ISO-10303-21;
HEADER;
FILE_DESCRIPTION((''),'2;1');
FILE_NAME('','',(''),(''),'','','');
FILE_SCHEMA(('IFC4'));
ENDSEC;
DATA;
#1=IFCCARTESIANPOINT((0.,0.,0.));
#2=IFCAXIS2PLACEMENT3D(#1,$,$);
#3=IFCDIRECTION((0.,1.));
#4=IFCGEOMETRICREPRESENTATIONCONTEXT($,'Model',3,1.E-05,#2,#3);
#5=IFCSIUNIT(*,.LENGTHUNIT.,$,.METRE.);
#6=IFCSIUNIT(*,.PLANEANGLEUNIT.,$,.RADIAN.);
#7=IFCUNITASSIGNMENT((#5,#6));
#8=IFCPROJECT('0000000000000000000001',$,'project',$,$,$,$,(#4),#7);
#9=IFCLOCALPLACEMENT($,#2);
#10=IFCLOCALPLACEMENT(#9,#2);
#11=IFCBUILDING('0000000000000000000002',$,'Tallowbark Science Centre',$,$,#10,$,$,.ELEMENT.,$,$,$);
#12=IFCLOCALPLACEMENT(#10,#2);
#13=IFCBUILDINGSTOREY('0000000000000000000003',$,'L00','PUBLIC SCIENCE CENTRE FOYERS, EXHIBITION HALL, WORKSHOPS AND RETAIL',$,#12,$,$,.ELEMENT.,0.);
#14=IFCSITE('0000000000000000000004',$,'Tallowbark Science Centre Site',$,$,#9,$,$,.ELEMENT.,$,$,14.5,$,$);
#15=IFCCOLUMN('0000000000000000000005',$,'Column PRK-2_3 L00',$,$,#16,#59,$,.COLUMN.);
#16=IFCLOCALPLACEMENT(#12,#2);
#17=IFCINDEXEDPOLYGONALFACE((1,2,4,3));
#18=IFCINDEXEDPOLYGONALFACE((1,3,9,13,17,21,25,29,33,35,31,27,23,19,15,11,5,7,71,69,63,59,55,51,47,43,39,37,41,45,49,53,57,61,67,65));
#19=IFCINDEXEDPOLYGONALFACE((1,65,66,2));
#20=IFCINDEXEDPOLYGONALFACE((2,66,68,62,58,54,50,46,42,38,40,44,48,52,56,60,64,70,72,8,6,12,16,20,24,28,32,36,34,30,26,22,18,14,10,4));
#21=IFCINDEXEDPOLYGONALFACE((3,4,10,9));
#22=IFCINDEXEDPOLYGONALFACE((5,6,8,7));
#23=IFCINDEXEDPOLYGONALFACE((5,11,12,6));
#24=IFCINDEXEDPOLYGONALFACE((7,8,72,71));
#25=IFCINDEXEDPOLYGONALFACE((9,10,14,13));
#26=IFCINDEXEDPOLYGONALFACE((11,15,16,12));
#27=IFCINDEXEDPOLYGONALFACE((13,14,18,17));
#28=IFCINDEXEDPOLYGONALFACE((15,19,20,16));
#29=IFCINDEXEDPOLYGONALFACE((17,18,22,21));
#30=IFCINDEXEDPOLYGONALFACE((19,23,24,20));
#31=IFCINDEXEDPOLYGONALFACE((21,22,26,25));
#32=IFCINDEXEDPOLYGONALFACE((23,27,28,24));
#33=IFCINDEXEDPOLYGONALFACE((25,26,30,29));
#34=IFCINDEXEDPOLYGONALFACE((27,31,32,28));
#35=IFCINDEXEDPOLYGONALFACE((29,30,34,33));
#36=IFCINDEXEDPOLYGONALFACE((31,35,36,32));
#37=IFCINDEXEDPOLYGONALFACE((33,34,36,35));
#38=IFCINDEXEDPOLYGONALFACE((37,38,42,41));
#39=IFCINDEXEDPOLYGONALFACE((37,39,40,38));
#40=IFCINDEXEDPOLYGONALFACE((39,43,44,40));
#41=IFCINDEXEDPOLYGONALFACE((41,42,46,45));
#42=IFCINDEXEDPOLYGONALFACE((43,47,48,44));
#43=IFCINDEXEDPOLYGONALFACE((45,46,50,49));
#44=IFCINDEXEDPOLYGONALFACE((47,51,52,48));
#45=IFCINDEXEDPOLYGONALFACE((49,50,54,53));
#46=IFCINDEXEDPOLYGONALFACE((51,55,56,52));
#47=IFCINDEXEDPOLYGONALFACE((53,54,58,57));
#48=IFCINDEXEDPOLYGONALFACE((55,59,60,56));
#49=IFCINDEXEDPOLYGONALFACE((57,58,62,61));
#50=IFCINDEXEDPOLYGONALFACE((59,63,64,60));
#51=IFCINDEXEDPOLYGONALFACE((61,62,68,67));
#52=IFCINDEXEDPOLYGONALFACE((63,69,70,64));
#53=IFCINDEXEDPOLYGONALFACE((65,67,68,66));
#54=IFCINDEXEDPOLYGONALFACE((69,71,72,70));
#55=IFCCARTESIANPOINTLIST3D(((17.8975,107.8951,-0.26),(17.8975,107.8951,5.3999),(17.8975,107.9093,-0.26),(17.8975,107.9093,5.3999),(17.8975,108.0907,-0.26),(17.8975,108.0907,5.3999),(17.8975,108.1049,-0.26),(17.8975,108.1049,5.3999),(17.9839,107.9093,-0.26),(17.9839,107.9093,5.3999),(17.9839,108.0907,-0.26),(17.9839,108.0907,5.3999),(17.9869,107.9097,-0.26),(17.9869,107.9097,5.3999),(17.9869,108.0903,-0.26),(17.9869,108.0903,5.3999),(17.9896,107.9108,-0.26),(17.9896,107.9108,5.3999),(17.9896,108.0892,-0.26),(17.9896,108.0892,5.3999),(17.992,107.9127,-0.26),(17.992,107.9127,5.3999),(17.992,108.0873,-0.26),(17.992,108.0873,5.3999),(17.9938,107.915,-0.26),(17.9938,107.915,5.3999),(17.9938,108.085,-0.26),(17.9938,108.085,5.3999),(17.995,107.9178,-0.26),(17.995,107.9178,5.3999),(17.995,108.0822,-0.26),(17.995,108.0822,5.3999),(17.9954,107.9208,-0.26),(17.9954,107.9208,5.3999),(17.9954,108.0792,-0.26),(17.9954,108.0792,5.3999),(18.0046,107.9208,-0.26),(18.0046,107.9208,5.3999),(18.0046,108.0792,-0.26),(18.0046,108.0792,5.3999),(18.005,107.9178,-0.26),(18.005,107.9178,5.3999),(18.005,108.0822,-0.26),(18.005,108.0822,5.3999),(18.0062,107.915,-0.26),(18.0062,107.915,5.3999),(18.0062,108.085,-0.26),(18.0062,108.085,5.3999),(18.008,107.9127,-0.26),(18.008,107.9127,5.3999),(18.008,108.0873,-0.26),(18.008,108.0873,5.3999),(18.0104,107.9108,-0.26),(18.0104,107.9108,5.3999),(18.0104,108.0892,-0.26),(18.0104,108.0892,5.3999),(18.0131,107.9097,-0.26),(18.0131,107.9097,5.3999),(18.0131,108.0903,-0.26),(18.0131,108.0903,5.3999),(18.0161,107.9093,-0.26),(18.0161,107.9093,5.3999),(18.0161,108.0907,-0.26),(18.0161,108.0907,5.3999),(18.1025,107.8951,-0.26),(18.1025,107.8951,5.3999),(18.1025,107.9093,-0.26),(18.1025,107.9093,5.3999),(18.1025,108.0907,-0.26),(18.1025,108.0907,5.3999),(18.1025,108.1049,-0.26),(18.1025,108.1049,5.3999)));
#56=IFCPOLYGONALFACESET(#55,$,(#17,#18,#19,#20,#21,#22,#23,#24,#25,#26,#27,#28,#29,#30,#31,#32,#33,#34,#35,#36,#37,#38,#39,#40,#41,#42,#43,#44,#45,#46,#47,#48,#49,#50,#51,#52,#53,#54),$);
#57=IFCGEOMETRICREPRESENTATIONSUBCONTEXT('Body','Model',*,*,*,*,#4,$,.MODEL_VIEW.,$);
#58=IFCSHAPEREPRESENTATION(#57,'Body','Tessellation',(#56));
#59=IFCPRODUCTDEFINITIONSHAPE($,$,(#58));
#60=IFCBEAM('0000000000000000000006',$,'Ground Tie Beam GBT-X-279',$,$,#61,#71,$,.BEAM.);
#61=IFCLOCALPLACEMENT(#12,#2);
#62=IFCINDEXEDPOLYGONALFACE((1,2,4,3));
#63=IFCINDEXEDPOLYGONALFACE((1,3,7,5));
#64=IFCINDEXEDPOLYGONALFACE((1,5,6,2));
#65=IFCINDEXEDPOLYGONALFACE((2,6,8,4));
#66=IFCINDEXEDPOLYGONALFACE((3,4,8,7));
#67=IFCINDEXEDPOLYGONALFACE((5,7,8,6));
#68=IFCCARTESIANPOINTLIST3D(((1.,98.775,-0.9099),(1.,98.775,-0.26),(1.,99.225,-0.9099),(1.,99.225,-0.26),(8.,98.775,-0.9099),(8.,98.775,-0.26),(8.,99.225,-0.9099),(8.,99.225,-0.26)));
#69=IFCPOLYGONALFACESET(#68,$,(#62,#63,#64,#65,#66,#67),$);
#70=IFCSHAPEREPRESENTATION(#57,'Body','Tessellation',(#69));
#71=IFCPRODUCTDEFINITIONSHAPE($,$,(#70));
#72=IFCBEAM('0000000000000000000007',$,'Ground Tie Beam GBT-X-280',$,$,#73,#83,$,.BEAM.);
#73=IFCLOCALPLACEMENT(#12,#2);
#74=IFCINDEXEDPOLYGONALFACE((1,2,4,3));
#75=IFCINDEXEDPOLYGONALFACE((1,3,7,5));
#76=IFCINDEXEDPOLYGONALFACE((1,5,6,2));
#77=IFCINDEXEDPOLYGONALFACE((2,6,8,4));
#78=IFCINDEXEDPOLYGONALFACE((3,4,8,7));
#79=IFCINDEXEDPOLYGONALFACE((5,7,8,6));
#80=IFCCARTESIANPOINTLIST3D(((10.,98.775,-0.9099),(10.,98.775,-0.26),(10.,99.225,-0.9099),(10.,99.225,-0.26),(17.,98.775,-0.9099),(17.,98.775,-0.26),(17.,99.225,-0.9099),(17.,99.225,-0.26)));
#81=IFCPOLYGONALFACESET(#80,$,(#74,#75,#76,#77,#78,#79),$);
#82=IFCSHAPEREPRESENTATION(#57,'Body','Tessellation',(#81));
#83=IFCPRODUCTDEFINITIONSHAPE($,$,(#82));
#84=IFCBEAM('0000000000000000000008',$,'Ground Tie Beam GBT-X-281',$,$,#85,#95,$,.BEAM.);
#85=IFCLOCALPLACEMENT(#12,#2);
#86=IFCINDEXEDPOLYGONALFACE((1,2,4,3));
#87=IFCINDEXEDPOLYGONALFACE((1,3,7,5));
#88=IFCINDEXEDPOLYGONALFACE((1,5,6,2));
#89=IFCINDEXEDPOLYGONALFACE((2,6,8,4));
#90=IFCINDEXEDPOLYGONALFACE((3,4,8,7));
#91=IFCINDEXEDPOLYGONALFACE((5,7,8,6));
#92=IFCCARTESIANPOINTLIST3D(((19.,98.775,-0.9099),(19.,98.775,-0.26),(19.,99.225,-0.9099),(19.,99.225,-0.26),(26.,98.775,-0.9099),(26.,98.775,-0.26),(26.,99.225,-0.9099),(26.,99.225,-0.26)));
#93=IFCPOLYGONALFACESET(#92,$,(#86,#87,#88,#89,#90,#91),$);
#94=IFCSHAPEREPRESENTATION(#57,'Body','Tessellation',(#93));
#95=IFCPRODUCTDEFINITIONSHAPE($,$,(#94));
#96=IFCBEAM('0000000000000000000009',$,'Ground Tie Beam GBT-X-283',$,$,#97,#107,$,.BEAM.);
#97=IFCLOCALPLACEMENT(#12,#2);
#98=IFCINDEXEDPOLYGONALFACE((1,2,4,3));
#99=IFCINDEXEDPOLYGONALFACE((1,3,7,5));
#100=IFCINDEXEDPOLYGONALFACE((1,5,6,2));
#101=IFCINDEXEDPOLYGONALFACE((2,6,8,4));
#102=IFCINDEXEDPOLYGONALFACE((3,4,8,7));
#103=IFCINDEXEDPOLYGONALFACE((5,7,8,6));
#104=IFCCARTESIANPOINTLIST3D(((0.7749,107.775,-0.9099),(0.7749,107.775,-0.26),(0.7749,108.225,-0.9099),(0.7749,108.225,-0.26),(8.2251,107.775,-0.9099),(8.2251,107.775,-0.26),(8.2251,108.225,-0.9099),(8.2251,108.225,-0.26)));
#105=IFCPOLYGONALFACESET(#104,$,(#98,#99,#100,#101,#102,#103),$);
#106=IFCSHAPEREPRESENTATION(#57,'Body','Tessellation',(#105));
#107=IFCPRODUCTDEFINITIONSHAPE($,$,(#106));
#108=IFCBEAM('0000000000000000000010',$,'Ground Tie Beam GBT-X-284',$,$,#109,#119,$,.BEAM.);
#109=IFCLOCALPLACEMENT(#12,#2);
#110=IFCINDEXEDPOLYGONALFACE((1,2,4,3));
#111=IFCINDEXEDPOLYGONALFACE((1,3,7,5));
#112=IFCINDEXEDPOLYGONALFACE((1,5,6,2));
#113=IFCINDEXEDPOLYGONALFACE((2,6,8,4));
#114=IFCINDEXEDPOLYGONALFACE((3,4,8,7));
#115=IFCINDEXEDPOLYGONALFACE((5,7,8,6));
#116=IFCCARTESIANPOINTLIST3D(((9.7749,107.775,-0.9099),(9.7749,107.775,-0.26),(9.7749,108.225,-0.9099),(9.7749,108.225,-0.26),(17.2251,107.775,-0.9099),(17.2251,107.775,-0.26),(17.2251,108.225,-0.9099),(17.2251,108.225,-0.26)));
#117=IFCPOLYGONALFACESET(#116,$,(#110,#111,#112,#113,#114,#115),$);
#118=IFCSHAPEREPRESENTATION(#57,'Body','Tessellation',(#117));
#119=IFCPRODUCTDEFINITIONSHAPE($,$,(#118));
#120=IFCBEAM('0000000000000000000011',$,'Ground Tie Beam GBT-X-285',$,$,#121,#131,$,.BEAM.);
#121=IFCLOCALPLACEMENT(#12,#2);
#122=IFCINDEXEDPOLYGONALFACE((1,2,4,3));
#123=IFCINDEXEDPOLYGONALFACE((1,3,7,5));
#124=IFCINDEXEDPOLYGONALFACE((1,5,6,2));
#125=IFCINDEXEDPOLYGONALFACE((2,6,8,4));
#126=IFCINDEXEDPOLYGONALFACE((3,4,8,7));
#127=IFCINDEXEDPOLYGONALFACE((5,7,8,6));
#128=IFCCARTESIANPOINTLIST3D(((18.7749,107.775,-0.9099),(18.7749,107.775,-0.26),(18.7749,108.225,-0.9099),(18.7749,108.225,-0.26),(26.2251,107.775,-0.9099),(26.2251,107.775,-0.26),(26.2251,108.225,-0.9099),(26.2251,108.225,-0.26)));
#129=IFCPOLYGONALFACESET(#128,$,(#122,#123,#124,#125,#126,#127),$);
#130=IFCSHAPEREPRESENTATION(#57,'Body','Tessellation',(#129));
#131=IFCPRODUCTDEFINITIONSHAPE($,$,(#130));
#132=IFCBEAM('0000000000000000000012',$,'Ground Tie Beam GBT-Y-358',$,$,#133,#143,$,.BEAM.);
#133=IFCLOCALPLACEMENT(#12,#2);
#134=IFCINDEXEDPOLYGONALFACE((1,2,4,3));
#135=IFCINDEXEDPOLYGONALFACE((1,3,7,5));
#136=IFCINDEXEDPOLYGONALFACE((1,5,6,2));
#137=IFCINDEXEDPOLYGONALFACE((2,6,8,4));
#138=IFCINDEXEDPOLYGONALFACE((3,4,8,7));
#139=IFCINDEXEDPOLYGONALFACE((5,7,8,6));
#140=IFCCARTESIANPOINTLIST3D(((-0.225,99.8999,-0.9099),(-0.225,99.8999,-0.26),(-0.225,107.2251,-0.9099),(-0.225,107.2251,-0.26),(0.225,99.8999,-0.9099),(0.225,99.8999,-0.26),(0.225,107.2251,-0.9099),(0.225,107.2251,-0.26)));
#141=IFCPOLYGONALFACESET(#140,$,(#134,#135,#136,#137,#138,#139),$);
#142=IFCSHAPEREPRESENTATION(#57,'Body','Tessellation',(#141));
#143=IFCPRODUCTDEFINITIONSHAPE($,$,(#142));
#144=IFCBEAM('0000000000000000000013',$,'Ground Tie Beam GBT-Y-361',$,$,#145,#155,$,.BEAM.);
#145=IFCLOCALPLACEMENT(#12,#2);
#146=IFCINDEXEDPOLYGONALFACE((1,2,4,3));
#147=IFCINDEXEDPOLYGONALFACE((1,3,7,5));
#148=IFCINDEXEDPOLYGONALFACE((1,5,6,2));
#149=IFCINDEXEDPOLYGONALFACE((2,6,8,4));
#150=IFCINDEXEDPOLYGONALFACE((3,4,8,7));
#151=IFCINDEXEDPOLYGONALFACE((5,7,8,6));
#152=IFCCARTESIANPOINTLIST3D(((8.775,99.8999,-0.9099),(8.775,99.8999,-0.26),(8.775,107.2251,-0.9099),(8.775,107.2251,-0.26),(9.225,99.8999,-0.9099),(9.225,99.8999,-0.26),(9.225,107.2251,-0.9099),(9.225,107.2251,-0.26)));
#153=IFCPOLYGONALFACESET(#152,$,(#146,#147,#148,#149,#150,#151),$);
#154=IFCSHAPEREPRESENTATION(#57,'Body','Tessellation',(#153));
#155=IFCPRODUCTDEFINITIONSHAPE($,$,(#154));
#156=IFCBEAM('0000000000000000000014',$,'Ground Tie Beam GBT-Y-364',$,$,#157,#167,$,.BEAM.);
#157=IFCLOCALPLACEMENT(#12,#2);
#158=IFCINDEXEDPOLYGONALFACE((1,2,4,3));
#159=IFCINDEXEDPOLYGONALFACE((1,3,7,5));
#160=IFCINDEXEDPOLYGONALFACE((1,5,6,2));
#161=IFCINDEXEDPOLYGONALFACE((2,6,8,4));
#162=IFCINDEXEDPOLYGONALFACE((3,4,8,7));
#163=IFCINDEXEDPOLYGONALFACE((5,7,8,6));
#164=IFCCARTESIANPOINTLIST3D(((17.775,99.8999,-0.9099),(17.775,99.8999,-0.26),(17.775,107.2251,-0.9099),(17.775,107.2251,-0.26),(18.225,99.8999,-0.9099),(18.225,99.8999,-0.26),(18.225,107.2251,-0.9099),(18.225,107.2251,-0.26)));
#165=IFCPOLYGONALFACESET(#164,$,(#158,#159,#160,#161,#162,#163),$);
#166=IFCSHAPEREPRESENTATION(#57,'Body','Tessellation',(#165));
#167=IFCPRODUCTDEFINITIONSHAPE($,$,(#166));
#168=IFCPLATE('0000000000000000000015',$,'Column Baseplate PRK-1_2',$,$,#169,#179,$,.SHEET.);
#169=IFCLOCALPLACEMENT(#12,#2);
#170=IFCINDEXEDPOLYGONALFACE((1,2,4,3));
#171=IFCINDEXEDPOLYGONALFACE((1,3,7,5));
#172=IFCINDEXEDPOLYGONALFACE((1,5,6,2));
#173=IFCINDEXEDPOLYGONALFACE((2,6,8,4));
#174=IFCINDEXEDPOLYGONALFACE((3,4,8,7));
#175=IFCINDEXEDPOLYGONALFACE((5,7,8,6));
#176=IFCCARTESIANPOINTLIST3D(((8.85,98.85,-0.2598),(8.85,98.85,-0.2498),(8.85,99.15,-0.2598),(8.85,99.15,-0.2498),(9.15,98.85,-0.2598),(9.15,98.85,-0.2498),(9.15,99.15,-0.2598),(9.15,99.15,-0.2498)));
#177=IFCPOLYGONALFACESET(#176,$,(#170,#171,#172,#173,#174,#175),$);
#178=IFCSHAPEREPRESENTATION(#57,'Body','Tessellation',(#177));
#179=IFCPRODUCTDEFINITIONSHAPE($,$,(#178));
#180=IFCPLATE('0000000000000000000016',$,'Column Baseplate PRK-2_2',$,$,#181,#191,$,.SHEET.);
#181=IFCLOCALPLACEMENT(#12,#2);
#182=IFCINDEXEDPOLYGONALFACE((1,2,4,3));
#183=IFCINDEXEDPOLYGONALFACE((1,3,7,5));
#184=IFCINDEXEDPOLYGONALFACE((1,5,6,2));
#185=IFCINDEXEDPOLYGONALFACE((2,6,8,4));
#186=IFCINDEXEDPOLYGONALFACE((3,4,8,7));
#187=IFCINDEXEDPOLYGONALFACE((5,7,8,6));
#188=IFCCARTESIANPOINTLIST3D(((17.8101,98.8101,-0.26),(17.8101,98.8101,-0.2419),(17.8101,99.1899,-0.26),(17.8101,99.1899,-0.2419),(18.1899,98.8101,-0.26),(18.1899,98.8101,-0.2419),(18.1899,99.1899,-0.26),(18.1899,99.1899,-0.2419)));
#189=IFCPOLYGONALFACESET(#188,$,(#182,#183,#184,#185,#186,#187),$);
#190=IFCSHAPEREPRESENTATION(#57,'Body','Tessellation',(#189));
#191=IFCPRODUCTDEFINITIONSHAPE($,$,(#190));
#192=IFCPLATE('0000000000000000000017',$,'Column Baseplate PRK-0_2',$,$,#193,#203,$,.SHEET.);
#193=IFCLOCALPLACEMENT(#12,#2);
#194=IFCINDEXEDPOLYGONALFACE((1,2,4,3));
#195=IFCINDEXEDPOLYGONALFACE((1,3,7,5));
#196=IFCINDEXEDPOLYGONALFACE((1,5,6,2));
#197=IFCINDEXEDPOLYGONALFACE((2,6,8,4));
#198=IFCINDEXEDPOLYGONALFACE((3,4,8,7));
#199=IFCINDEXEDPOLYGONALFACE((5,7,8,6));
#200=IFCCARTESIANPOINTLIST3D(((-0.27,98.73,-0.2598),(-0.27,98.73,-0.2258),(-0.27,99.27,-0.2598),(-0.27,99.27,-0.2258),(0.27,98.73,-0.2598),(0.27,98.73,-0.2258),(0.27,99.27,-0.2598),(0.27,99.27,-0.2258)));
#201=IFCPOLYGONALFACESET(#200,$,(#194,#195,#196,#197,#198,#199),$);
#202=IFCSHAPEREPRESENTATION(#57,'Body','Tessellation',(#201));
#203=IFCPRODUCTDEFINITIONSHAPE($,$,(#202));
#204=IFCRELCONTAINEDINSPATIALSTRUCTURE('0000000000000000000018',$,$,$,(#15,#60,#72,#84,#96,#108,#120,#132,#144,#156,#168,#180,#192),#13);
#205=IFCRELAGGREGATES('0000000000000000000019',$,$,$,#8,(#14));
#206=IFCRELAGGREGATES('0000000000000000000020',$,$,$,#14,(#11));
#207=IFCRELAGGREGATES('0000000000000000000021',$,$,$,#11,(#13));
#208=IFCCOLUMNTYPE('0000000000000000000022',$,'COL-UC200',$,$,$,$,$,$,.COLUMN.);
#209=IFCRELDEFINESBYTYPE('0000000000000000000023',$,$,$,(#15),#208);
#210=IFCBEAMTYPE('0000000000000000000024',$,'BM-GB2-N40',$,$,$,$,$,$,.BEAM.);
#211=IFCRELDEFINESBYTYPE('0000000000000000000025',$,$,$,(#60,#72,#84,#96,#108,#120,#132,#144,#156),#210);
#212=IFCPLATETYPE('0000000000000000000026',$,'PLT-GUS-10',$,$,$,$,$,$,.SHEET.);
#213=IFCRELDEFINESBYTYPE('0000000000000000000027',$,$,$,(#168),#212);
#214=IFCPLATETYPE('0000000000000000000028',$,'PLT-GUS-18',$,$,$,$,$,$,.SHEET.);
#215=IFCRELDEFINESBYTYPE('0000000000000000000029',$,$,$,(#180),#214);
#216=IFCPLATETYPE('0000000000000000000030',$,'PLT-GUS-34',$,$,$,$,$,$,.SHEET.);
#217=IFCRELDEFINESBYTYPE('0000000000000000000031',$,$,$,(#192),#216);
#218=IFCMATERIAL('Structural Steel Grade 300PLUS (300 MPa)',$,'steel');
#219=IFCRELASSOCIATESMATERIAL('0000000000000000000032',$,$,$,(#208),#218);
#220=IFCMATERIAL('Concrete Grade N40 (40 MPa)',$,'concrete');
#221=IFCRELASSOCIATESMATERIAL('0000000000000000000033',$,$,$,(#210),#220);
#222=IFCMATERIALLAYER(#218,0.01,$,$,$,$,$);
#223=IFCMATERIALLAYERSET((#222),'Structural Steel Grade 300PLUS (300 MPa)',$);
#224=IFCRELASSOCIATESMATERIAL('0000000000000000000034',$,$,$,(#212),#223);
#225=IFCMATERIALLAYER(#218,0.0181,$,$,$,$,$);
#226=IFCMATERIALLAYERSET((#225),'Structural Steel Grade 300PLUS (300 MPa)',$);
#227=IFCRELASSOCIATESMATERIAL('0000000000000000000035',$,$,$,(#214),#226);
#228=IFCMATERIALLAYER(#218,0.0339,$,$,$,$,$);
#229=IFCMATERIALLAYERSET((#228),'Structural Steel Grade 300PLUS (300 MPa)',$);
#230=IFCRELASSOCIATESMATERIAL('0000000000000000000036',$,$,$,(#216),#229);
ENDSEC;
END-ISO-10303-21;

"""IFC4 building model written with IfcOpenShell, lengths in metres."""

from ifc_helpers import new_model, si_unit, direction, frame, origin, origin_2d, place, context, subcontext, project, spatial, rectangle, i_section, extrude, material, layer, layer_set, material_profile, profile_set, type_object, element, save


model = new_model("IFC4")

# Units and contexts
model_context = context("Model", 3, precision=1e-05, world=origin(), true_north=direction((0.0, 1.0)))
body_context = subcontext(model_context, "Body", "Model", "MODEL_VIEW")
ifc_project = project(units=[si_unit("LENGTHUNIT", "METRE"), si_unit("PLANEANGLEUNIT", "RADIAN")], contexts=[model_context])

# Site, building, storey
site_placement = place(None, origin())
site = spatial("IfcSite", under=ifc_project, at=site_placement, Name="Tallowbark Science Centre Site", CompositionType="ELEMENT", RefElevation=14.5)
building_placement = place(site_placement, origin())
building = spatial("IfcBuilding", under=site, at=building_placement, Name="Tallowbark Science Centre", CompositionType="ELEMENT")
storey_placement = place(building_placement, origin())
storey = spatial("IfcBuildingStorey", under=building, at=storey_placement, Name="L00", Description="PUBLIC SCIENCE CENTRE FOYERS, EXHIBITION HALL, WORKSHOPS AND RETAIL", CompositionType="ELEMENT", Elevation=0.0)

# Shared definitions
ifc_material_1 = material(Name="Concrete Grade N40 (40 MPa)", Category="concrete")

# Column
ifc_material_2 = material(Name="Structural Steel Grade 300PLUS (300 MPa)", Category="steel")
ifc_material_profile_1 = material_profile(ifc_material_2, i_section(OverallWidth=0.2051, OverallDepth=0.2097, WebThickness=0.0093, FlangeThickness=0.0142, FilletRadius=0.0115, at=origin_2d()), Name="200UC59.5")
ifc_profile_set_1 = profile_set([ifc_material_profile_1], Name="Structural Steel Grade 300PLUS (300 MPa)")
column_type = type_object("IfcColumnType", Name="COL-UC200", PredefinedType="COLUMN", material=ifc_profile_set_1)
for number, where, z_axis, x_axis, name in (
    (1, (18.0, 108.0, -0.26), (0.0, 0.0, 1.0), (1.0, 0.0, 0.0), "Column PRK-2_3 L00"),
):
    element("IfcColumn", number, at=place(storey_placement, frame(where, z_axis=z_axis, x_axis=x_axis)), inside=storey, type_object=column_type, Name=name, PredefinedType="COLUMN", context=body_context, shape_type="SweptSolid", body=[
        extrude(i_section(OverallWidth=0.2051, OverallDepth=0.2097, WebThickness=0.0093, FlangeThickness=0.0142, FilletRadius=0.0115, at=origin_2d()), origin(), (0.0, 0.0, 1.0), 5.6599),
    ])

# Beams
ifc_material_profile_2 = material_profile(ifc_material_1, rectangle(XDim=0.45, YDim=0.6499, at=origin_2d()), Name="RC450x650")
ifc_profile_set_2 = profile_set([ifc_material_profile_2], Name="Concrete Grade N40 (40 MPa)")
beam_type = type_object("IfcBeamType", Name="BM-GB2-N40", PredefinedType="BEAM", material=ifc_profile_set_2)
for number, where, z_axis, x_axis, name in (
    (2, (1.0, 99.0, -0.585), (1.0, 0.0, 0.0), (0.0, 1.0, 0.0), "Ground Tie Beam GBT-X-279"),
    (3, (10.0, 99.0, -0.585), (1.0, 0.0, 0.0), (0.0, 1.0, 0.0), "Ground Tie Beam GBT-X-280"),
    (4, (19.0, 99.0, -0.585), (1.0, 0.0, 0.0), (0.0, 1.0, 0.0), "Ground Tie Beam GBT-X-281"),
):
    element("IfcBeam", number, at=place(storey_placement, frame(where, z_axis=z_axis, x_axis=x_axis)), inside=storey, type_object=beam_type, Name=name, PredefinedType="BEAM", context=body_context, shape_type="SweptSolid", body=[
        extrude(rectangle(XDim=0.45, YDim=0.6499, at=origin_2d()), origin(), (0.0, 0.0, 1.0), 7.0),
    ])
for number, where, z_axis, x_axis, name in (
    (5, (0.7749, 108.0, -0.585), (1.0, 0.0, 0.0), (0.0, 1.0, 0.0), "Ground Tie Beam GBT-X-283"),
    (6, (9.7749, 108.0, -0.585), (1.0, 0.0, 0.0), (0.0, 1.0, 0.0), "Ground Tie Beam GBT-X-284"),
    (7, (18.7749, 108.0, -0.585), (1.0, 0.0, 0.0), (0.0, 1.0, 0.0), "Ground Tie Beam GBT-X-285"),
):
    element("IfcBeam", number, at=place(storey_placement, frame(where, z_axis=z_axis, x_axis=x_axis)), inside=storey, type_object=beam_type, Name=name, PredefinedType="BEAM", context=body_context, shape_type="SweptSolid", body=[
        extrude(rectangle(XDim=0.45, YDim=0.6499, at=origin_2d()), origin(), (0.0, 0.0, 1.0), 7.4502),
    ])
for number, where, z_axis, x_axis, name in (
    (8, (0.0, 99.8999, -0.585), (0.0, 1.0, 0.0), (-1.0, 0.0, 0.0), "Ground Tie Beam GBT-Y-358"),
    (9, (9.0, 99.8999, -0.585), (0.0, 1.0, 0.0), (-1.0, 0.0, 0.0), "Ground Tie Beam GBT-Y-361"),
    (10, (18.0, 99.8999, -0.585), (0.0, 1.0, 0.0), (-1.0, 0.0, 0.0), "Ground Tie Beam GBT-Y-364"),
):
    element("IfcBeam", number, at=place(storey_placement, frame(where, z_axis=z_axis, x_axis=x_axis)), inside=storey, type_object=beam_type, Name=name, PredefinedType="BEAM", context=body_context, shape_type="SweptSolid", body=[
        extrude(rectangle(XDim=0.45, YDim=0.6499, at=origin_2d()), origin(), (0.0, 0.0, 1.0), 7.3252),
    ])

# Plates
ifc_layer_1 = layer(ifc_material_2, 0.01)
ifc_layer_set_1 = layer_set([ifc_layer_1], Name="Structural Steel Grade 300PLUS (300 MPa)")
plate_type_1 = type_object("IfcPlateType", Name="PLT-GUS-10", PredefinedType="SHEET", material=ifc_layer_set_1)
plate_1_placement = place(storey_placement, frame((9.0, 99.0, -0.2598), z_axis=(0.0, 0.0, 1.0), x_axis=(1.0, 0.0, 0.0)))
element("IfcPlate", 11, at=plate_1_placement, inside=storey, type_object=plate_type_1, Name="Column Baseplate PRK-1_2", PredefinedType="SHEET", context=body_context, shape_type="SweptSolid", body=[
    extrude(rectangle(XDim=0.3, YDim=0.3, at=origin_2d()), origin(), (0.0, 0.0, 1.0), 0.01),
])
ifc_layer_2 = layer(ifc_material_2, 0.0181)
ifc_layer_set_2 = layer_set([ifc_layer_2], Name="Structural Steel Grade 300PLUS (300 MPa)")
plate_type_2 = type_object("IfcPlateType", Name="PLT-GUS-18", PredefinedType="SHEET", material=ifc_layer_set_2)
plate_2_placement = place(storey_placement, frame((18.0, 99.0, -0.26), z_axis=(0.0, 0.0, 1.0), x_axis=(1.0, 0.0, 0.0)))
element("IfcPlate", 12, at=plate_2_placement, inside=storey, type_object=plate_type_2, Name="Column Baseplate PRK-2_2", PredefinedType="SHEET", context=body_context, shape_type="SweptSolid", body=[
    extrude(rectangle(XDim=0.3799, YDim=0.3799, at=origin_2d()), origin(), (0.0, 0.0, 1.0), 0.0181),
])
ifc_layer_3 = layer(ifc_material_2, 0.0339)
ifc_layer_set_3 = layer_set([ifc_layer_3], Name="Structural Steel Grade 300PLUS (300 MPa)")
plate_type_3 = type_object("IfcPlateType", Name="PLT-GUS-34", PredefinedType="SHEET", material=ifc_layer_set_3)
plate_3_placement = place(storey_placement, frame((0.0, 99.0, -0.2598), z_axis=(0.0, 0.0, 1.0), x_axis=(1.0, 0.0, 0.0)))
element("IfcPlate", 13, at=plate_3_placement, inside=storey, type_object=plate_type_3, Name="Column Baseplate PRK-0_2", PredefinedType="SHEET", context=body_context, shape_type="SweptSolid", body=[
    extrude(rectangle(XDim=0.54, YDim=0.54, at=origin_2d()), origin(), (0.0, 0.0, 1.0), 0.0339),
])

save(model, "model.ifc")
